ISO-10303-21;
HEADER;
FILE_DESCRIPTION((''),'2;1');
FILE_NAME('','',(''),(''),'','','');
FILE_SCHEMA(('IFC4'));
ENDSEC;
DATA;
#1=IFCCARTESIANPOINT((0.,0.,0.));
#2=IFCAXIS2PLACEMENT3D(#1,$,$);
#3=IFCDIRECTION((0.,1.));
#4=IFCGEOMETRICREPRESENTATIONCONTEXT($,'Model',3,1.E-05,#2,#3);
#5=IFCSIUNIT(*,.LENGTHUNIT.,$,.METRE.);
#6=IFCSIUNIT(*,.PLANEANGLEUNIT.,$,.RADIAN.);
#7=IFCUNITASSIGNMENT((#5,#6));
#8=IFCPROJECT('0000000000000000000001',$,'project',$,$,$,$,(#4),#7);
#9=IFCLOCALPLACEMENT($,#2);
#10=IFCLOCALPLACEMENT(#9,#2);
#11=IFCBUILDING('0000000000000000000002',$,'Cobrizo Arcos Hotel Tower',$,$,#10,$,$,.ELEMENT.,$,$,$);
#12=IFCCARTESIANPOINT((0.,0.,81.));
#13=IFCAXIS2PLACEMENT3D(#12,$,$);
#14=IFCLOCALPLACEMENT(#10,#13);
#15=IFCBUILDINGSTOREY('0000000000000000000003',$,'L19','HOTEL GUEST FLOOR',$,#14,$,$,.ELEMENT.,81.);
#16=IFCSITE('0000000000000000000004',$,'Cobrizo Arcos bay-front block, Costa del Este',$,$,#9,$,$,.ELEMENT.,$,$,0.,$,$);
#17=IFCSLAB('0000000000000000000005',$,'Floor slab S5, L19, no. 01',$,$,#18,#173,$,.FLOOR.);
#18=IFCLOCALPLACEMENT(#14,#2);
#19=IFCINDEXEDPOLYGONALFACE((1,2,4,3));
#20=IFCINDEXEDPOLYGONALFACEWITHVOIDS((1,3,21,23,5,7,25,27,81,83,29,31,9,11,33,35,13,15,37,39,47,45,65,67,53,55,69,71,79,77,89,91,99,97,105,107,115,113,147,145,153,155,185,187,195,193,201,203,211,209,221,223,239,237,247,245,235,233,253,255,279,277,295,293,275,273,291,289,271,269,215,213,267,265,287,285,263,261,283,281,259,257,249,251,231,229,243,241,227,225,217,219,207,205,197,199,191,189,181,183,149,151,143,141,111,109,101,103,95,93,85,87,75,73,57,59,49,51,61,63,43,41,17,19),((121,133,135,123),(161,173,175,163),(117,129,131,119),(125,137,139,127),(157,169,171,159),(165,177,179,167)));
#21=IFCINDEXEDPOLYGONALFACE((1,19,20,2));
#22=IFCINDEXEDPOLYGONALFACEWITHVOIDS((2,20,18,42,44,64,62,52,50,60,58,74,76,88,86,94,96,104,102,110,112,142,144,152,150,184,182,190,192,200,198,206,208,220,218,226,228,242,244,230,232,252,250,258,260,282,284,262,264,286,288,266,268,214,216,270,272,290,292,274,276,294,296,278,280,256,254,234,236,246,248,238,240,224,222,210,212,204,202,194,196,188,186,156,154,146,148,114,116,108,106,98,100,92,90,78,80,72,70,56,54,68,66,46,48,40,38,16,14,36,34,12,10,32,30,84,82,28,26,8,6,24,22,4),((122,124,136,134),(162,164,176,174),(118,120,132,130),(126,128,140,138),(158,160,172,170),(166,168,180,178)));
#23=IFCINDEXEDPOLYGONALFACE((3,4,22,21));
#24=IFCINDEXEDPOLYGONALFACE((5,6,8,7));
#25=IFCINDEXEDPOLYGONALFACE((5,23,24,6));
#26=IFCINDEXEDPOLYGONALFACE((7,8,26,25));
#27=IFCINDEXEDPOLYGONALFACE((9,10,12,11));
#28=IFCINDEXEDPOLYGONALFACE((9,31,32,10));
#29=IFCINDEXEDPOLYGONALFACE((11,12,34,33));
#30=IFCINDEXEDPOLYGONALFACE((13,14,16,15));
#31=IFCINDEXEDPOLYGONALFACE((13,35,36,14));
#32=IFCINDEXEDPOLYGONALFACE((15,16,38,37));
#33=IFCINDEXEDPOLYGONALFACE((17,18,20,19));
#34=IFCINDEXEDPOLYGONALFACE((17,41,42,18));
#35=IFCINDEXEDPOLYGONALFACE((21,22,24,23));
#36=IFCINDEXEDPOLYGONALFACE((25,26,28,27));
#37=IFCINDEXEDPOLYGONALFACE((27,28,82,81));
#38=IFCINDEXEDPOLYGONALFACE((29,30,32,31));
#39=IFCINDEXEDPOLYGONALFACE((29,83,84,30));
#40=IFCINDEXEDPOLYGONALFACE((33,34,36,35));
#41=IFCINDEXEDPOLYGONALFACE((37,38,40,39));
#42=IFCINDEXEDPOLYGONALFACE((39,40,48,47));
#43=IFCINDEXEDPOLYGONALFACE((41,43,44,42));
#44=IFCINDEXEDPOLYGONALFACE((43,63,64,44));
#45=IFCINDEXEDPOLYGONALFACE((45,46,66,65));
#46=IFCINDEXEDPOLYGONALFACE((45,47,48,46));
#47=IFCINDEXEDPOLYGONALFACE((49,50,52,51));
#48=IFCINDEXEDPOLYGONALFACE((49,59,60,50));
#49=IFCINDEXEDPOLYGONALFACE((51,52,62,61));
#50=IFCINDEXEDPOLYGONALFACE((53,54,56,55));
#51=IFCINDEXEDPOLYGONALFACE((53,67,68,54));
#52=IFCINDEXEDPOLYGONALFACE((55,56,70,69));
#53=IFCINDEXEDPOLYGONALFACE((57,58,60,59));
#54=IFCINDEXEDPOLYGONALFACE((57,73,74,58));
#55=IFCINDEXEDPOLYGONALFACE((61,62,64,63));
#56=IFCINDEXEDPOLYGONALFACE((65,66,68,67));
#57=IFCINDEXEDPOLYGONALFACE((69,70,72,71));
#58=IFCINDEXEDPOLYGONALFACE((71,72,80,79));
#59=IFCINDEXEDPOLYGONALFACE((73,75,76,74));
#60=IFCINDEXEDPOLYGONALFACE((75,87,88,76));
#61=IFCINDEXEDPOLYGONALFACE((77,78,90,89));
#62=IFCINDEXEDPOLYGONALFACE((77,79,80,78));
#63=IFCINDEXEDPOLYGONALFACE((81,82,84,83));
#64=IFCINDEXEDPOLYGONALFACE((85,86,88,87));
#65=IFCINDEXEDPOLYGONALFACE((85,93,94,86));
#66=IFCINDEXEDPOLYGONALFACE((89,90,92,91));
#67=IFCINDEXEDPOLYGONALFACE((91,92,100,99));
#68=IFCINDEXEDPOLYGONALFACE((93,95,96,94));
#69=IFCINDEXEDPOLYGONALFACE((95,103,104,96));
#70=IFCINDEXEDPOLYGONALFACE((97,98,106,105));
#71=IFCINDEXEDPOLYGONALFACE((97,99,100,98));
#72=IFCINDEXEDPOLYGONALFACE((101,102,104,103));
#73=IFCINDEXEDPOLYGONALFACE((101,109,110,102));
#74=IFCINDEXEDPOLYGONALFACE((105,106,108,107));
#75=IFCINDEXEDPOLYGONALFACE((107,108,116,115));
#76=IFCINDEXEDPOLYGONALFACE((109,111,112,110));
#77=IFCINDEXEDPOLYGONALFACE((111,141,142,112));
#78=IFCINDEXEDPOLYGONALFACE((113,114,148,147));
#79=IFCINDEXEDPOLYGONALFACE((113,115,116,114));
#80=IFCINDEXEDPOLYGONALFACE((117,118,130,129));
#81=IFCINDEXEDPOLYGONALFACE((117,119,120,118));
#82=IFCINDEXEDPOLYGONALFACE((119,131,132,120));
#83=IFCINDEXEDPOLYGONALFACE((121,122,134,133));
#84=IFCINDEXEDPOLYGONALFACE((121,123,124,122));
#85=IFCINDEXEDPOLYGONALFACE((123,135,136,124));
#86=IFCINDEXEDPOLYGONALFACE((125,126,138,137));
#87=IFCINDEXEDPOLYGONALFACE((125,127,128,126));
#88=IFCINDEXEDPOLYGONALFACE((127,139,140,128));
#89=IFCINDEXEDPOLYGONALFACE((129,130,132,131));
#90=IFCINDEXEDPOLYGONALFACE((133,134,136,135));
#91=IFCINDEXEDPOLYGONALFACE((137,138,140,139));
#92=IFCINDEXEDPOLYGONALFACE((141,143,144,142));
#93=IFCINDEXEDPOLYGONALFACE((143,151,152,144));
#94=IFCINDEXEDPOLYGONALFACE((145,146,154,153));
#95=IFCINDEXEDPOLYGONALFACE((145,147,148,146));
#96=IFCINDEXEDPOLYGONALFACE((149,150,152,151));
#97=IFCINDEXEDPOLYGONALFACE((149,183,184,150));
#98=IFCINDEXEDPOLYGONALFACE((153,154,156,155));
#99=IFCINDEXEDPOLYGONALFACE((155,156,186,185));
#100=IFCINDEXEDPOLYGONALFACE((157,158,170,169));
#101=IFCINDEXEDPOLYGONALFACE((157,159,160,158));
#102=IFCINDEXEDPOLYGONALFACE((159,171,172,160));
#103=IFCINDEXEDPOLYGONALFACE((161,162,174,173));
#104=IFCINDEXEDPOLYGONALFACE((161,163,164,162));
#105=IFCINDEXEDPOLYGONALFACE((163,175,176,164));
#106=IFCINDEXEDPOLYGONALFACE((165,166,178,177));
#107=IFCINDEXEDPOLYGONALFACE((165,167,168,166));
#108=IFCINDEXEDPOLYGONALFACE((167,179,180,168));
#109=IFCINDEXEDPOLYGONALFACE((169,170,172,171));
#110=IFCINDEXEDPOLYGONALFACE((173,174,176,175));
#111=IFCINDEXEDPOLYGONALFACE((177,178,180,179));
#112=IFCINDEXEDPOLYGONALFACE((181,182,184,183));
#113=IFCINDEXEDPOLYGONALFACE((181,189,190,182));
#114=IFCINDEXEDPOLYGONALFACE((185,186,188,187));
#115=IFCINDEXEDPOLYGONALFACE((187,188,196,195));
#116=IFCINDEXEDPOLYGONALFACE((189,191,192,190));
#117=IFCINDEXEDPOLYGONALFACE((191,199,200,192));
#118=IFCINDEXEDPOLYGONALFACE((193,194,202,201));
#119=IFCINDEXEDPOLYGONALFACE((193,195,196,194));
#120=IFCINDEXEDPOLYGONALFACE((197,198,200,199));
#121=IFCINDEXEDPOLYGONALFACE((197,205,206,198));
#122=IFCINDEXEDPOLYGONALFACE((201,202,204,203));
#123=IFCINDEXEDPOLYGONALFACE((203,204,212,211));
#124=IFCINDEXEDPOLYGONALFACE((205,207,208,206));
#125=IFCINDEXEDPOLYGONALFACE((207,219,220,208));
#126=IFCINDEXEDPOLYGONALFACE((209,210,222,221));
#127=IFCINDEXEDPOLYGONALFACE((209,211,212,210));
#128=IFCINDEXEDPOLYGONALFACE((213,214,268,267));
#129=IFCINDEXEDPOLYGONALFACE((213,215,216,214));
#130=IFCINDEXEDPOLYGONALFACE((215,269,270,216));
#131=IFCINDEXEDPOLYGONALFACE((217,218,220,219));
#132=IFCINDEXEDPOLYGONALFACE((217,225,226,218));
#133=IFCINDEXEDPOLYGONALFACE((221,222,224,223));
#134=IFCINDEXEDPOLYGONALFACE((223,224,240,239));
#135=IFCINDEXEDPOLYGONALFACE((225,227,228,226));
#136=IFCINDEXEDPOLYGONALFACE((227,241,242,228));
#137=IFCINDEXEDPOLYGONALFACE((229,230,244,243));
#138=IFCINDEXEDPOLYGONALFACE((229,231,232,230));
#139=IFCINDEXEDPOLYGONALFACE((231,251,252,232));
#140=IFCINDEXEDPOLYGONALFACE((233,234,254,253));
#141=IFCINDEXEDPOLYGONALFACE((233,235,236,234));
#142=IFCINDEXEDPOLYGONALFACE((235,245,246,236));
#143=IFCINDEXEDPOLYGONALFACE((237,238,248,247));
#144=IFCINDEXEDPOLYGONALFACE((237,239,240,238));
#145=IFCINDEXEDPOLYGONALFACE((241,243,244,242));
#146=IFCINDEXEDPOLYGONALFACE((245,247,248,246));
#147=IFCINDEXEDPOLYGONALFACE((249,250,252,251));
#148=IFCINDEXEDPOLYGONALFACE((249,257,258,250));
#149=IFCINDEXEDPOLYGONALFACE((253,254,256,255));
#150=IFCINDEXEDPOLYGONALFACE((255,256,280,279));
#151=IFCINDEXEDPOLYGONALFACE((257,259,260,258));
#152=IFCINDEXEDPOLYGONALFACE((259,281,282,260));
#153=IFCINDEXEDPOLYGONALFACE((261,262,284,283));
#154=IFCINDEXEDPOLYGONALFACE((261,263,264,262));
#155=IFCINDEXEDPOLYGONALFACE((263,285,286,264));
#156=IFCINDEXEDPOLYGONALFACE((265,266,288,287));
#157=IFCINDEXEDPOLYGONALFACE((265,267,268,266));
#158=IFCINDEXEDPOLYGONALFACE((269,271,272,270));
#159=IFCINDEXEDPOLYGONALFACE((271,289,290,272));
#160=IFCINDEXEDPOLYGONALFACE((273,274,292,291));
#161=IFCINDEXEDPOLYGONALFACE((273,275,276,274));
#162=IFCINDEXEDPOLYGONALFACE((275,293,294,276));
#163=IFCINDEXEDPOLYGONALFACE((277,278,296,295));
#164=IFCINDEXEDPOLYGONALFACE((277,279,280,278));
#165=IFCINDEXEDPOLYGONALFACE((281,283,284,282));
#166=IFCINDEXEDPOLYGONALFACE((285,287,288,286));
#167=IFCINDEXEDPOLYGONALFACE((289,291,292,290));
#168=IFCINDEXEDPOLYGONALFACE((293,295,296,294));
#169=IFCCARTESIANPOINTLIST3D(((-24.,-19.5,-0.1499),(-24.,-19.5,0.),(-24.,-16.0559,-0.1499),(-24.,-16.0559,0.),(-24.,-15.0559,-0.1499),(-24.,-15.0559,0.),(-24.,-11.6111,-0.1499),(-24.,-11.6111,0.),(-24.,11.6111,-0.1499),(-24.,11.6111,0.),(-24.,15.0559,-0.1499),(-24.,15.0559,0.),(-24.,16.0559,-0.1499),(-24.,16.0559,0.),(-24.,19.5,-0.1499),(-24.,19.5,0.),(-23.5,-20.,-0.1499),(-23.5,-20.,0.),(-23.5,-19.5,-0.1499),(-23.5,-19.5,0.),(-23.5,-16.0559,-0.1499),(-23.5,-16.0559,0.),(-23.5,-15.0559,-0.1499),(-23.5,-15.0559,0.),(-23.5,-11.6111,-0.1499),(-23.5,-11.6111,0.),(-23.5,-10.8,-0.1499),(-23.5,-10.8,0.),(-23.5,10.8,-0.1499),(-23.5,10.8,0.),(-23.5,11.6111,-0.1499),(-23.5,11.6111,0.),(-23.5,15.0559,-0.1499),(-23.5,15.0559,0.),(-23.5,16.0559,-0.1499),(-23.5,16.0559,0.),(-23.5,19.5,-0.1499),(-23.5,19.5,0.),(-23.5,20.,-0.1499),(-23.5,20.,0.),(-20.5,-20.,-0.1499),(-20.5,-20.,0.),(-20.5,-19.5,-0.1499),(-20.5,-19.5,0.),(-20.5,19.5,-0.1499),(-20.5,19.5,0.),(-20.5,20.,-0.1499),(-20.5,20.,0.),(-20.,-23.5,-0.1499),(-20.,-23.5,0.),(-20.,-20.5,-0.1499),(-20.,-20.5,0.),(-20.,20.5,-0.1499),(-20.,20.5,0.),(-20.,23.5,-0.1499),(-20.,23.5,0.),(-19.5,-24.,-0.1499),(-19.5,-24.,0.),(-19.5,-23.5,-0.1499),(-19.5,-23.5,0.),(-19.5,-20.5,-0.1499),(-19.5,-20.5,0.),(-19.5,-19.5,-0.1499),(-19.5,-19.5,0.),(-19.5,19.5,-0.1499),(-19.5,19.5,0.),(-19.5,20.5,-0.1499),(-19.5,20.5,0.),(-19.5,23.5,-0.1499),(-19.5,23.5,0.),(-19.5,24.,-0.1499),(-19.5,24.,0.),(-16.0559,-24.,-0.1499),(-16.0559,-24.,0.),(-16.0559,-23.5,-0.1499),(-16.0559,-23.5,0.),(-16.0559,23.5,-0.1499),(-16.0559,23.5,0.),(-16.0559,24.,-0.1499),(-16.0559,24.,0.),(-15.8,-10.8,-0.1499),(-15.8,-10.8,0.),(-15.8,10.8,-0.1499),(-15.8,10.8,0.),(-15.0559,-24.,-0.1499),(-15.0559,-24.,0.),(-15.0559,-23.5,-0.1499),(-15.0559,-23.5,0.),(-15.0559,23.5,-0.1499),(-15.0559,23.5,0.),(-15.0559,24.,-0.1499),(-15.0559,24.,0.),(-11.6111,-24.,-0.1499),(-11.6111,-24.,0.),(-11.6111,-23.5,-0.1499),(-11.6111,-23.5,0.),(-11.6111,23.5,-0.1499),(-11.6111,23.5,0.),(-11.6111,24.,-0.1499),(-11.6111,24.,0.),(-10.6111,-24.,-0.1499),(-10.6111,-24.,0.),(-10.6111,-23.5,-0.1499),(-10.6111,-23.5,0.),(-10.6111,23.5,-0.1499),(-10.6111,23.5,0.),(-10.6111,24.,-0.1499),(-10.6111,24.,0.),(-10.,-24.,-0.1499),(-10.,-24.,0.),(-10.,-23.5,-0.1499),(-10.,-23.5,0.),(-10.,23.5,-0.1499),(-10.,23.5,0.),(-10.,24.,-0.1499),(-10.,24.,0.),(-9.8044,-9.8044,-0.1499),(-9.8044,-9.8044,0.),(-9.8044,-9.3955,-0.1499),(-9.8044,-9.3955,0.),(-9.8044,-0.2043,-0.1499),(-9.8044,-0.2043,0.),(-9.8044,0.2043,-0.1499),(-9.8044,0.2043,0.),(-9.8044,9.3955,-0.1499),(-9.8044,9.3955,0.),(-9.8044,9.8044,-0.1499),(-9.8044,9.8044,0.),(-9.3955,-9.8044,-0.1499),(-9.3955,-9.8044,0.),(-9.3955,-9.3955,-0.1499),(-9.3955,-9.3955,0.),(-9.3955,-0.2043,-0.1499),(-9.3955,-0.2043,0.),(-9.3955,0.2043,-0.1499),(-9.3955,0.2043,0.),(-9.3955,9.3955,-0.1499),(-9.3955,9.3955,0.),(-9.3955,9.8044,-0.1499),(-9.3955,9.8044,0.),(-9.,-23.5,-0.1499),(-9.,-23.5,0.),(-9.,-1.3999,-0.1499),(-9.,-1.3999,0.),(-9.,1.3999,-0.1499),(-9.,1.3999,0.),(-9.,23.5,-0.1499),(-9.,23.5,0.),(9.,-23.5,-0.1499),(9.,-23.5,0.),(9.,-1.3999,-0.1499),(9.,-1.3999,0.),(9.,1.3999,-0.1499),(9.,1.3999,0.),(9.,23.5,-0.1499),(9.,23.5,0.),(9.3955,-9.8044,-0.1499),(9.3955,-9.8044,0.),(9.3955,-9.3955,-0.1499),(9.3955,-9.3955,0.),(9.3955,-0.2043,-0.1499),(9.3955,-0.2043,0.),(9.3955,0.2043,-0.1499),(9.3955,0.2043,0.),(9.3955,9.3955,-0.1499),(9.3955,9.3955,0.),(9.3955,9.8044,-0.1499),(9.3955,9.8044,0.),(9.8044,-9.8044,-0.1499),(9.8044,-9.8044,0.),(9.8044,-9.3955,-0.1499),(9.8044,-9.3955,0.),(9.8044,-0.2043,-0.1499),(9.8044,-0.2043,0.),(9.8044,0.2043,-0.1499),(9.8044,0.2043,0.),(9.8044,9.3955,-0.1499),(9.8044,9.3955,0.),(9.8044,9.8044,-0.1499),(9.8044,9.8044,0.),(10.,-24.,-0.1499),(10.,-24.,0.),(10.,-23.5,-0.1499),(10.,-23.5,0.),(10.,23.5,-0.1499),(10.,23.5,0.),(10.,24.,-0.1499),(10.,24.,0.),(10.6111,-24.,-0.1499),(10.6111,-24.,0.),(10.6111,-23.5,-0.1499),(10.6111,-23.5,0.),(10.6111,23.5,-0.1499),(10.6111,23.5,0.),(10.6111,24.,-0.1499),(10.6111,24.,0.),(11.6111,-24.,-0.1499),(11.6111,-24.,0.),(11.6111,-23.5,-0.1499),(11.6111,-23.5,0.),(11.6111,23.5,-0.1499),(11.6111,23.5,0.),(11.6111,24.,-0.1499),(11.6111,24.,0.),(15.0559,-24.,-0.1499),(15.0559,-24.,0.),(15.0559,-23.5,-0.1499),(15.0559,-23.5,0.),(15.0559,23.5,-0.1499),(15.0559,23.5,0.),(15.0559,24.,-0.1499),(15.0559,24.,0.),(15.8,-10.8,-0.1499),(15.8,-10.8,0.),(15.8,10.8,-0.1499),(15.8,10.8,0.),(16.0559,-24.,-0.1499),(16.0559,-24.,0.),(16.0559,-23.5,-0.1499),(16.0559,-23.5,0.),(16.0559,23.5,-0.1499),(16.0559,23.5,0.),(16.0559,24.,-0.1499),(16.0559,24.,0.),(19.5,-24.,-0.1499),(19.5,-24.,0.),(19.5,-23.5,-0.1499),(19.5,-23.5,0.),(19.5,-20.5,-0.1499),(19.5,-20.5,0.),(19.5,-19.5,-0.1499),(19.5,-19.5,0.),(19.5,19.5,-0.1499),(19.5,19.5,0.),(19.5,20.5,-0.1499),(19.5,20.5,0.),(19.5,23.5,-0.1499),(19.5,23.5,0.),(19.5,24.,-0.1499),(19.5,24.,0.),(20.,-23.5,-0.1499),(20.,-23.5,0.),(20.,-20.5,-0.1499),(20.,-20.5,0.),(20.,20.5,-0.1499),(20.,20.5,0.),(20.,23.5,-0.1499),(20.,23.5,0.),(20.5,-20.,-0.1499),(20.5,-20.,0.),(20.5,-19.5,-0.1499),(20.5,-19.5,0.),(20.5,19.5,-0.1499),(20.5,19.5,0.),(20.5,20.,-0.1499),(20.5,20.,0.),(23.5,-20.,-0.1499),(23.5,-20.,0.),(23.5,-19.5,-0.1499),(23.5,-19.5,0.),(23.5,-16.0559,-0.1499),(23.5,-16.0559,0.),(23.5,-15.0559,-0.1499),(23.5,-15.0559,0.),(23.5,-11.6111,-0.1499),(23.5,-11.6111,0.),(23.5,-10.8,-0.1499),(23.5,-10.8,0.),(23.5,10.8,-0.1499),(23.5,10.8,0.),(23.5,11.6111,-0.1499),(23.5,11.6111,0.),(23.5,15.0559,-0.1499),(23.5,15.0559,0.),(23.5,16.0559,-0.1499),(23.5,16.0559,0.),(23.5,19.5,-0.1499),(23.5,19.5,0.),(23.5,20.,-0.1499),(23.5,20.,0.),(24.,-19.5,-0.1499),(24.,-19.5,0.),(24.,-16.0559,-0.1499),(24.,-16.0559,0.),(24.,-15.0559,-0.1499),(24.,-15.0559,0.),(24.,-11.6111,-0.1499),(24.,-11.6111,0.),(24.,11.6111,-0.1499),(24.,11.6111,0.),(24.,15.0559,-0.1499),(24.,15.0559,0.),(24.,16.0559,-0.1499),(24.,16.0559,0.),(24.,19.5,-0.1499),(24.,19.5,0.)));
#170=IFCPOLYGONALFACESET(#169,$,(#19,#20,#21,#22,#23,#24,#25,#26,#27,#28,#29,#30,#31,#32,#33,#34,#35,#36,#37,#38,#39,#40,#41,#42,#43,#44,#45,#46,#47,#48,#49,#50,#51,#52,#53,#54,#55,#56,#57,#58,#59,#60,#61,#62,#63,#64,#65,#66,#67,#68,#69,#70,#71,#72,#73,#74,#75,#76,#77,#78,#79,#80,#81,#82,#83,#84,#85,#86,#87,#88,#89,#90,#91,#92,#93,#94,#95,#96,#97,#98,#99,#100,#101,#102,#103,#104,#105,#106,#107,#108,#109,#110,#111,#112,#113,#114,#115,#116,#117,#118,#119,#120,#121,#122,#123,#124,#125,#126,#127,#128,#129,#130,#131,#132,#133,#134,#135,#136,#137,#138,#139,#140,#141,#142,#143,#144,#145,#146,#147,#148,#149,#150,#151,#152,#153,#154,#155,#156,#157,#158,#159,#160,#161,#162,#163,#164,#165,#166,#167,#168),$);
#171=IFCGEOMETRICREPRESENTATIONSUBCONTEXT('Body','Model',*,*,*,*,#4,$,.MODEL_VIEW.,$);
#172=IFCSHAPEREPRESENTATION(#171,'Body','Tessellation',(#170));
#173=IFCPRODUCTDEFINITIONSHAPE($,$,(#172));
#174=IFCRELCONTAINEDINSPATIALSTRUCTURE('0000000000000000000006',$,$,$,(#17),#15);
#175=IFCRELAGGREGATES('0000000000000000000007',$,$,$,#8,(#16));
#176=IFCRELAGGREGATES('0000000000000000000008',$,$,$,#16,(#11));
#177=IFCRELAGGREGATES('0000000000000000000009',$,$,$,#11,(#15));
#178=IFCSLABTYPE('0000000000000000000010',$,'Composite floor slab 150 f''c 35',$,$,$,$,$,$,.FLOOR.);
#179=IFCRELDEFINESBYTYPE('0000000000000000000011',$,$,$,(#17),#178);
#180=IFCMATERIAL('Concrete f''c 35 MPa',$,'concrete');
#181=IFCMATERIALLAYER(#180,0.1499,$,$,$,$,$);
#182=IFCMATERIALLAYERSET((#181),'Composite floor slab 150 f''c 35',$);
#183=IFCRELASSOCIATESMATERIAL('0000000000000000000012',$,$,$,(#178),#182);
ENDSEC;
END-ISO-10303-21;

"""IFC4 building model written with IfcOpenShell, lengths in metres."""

from ifc_helpers import new_model, si_unit, direction, frame, origin, place, context, subcontext, project, spatial, polyline, outline, extrude, material, layer, layer_set, type_object, element, save


model = new_model("IFC4")

# Units and contexts
model_context = context("Model", 3, precision=1e-05, world=origin(), true_north=direction((0.0, 1.0)))
body_context = subcontext(model_context, "Body", "Model", "MODEL_VIEW")
ifc_project = project(units=[si_unit("LENGTHUNIT", "METRE"), si_unit("PLANEANGLEUNIT", "RADIAN")], contexts=[model_context])

# Site, building, storey
site_placement = place(None, origin())
site = spatial("IfcSite", under=ifc_project, at=site_placement, Name="Cobrizo Arcos bay-front block, Costa del Este", CompositionType="ELEMENT", RefElevation=0.0)
building_placement = place(site_placement, origin())
building = spatial("IfcBuilding", under=site, at=building_placement, Name="Cobrizo Arcos Hotel Tower", CompositionType="ELEMENT")
storey_placement = place(building_placement, frame((0.0, 0.0, 81.0)))
storey = spatial("IfcBuildingStorey", under=building, at=storey_placement, Name="L19", Description="HOTEL GUEST FLOOR", CompositionType="ELEMENT", Elevation=81.0)

# Slab
ifc_material_1 = material(Name="Concrete f'c 35 MPa", Category="concrete")
ifc_layer_1 = layer(ifc_material_1, 0.1499)
ifc_layer_set_1 = layer_set([ifc_layer_1], Name="Composite floor slab 150 f'c 35")
slab_type_1 = type_object("IfcSlabType", Name="Composite floor slab 150 f'c 35", PredefinedType="FLOOR", material=ifc_layer_set_1)
slab_1_placement = place(storey_placement, frame((0.0, 0.0, -0.1499)))
element("IfcSlab", 1, at=slab_1_placement, inside=storey, type_object=slab_type_1, Name="Floor slab S5, L19, no. 01", PredefinedType="FLOOR", context=body_context, shape_type="SweptSolid", body=[
    extrude(outline(polyline([(23.5, 20.0), (23.5, 19.5), (24.0, 19.5), (24.0, 16.0559), (23.5, 16.0559), (23.5, 15.0559), (24.0, 15.0559), (24.0, 11.6111), (23.5, 11.6111), (23.5, 10.8), (15.8, 10.8), (15.8, -10.8), (23.5, -10.8), (23.5, -11.6111), (24.0, -11.6111), (24.0, -15.0559), (23.5, -15.0559), (23.5, -16.0559), (24.0, -16.0559), (24.0, -19.5), (23.5, -19.5), (23.5, -20.0), (20.5, -20.0), (20.5, -19.5), (19.5, -19.5), (19.5, -20.5), (20.0, -20.5), (20.0, -23.5), (19.5, -23.5), (19.5, -24.0), (16.0559, -24.0), (16.0559, -23.5), (15.0559, -23.5), (15.0559, -24.0), (11.6111, -24.0), (11.6111, -23.5), (10.6111, -23.5), (10.6111, -24.0), (10.0, -24.0), (10.0, -23.5), (9.0, -23.5), (9.0, -1.3999), (-9.0, -1.3999), (-9.0, -23.5), (-10.0, -23.5), (-10.0, -24.0), (-10.6111, -24.0), (-10.6111, -23.5), (-11.6111, -23.5), (-11.6111, -24.0), (-15.0559, -24.0), (-15.0559, -23.5), (-16.0559, -23.5), (-16.0559, -24.0), (-19.5, -24.0), (-19.5, -23.5), (-20.0, -23.5), (-20.0, -20.5), (-19.5, -20.5), (-19.5, -19.5), (-20.5, -19.5), (-20.5, -20.0), (-23.5, -20.0), (-23.5, -19.5), (-24.0, -19.5), (-24.0, -16.0559), (-23.5, -16.0559), (-23.5, -15.0559), (-24.0, -15.0559), (-24.0, -11.6111), (-23.5, -11.6111), (-23.5, -10.8), (-15.8, -10.8), (-15.8, 10.8), (-23.5, 10.8), (-23.5, 11.6111), (-24.0, 11.6111), (-24.0, 15.0559), (-23.5, 15.0559), (-23.5, 16.0559), (-24.0, 16.0559), (-24.0, 19.5), (-23.5, 19.5), (-23.5, 20.0), (-20.5, 20.0), (-20.5, 19.5), (-19.5, 19.5), (-19.5, 20.5), (-20.0, 20.5), (-20.0, 23.5), (-19.5, 23.5), (-19.5, 24.0), (-16.0559, 24.0), (-16.0559, 23.5), (-15.0559, 23.5), (-15.0559, 24.0), (-11.6111, 24.0), (-11.6111, 23.5), (-10.6111, 23.5), (-10.6111, 24.0), (-10.0, 24.0), (-10.0, 23.5), (-9.0, 23.5), (-9.0, 1.3999), (9.0, 1.3999), (9.0, 23.5), (10.0, 23.5), (10.0, 24.0), (10.6111, 24.0), (10.6111, 23.5), (11.6111, 23.5), (11.6111, 24.0), (15.0559, 24.0), (15.0559, 23.5), (16.0559, 23.5), (16.0559, 24.0), (19.5, 24.0), (19.5, 23.5), (20.0, 23.5), (20.0, 20.5), (19.5, 20.5), (19.5, 19.5), (20.5, 19.5), (20.5, 20.0), (23.5, 20.0)]), holes=[polyline([(-9.8044, -9.8044), (-9.3955, -9.8044), (-9.3955, -9.3955), (-9.8044, -9.3955), (-9.8044, -9.8044)]), polyline([(-9.3955, -0.2043), (-9.3955, 0.2043), (-9.8044, 0.2043), (-9.8044, -0.2043), (-9.3955, -0.2043)]), polyline([(-9.3955, 9.3955), (-9.3955, 9.8044), (-9.8044, 9.8044), (-9.8044, 9.3955), (-9.3955, 9.3955)]), polyline([(9.3955, -9.8044), (9.8044, -9.8044), (9.8044, -9.3955), (9.3955, -9.3955), (9.3955, -9.8044)]), polyline([(9.3955, -0.2043), (9.8044, -0.2043), (9.8044, 0.2043), (9.3955, 0.2043), (9.3955, -0.2043)]), polyline([(9.8044, 9.3955), (9.8044, 9.8044), (9.3955, 9.8044), (9.3955, 9.3955), (9.8044, 9.3955)])]), origin(), (0.0, 0.0, 1.0), 0.1499),
])

save(model, "model.ifc")
